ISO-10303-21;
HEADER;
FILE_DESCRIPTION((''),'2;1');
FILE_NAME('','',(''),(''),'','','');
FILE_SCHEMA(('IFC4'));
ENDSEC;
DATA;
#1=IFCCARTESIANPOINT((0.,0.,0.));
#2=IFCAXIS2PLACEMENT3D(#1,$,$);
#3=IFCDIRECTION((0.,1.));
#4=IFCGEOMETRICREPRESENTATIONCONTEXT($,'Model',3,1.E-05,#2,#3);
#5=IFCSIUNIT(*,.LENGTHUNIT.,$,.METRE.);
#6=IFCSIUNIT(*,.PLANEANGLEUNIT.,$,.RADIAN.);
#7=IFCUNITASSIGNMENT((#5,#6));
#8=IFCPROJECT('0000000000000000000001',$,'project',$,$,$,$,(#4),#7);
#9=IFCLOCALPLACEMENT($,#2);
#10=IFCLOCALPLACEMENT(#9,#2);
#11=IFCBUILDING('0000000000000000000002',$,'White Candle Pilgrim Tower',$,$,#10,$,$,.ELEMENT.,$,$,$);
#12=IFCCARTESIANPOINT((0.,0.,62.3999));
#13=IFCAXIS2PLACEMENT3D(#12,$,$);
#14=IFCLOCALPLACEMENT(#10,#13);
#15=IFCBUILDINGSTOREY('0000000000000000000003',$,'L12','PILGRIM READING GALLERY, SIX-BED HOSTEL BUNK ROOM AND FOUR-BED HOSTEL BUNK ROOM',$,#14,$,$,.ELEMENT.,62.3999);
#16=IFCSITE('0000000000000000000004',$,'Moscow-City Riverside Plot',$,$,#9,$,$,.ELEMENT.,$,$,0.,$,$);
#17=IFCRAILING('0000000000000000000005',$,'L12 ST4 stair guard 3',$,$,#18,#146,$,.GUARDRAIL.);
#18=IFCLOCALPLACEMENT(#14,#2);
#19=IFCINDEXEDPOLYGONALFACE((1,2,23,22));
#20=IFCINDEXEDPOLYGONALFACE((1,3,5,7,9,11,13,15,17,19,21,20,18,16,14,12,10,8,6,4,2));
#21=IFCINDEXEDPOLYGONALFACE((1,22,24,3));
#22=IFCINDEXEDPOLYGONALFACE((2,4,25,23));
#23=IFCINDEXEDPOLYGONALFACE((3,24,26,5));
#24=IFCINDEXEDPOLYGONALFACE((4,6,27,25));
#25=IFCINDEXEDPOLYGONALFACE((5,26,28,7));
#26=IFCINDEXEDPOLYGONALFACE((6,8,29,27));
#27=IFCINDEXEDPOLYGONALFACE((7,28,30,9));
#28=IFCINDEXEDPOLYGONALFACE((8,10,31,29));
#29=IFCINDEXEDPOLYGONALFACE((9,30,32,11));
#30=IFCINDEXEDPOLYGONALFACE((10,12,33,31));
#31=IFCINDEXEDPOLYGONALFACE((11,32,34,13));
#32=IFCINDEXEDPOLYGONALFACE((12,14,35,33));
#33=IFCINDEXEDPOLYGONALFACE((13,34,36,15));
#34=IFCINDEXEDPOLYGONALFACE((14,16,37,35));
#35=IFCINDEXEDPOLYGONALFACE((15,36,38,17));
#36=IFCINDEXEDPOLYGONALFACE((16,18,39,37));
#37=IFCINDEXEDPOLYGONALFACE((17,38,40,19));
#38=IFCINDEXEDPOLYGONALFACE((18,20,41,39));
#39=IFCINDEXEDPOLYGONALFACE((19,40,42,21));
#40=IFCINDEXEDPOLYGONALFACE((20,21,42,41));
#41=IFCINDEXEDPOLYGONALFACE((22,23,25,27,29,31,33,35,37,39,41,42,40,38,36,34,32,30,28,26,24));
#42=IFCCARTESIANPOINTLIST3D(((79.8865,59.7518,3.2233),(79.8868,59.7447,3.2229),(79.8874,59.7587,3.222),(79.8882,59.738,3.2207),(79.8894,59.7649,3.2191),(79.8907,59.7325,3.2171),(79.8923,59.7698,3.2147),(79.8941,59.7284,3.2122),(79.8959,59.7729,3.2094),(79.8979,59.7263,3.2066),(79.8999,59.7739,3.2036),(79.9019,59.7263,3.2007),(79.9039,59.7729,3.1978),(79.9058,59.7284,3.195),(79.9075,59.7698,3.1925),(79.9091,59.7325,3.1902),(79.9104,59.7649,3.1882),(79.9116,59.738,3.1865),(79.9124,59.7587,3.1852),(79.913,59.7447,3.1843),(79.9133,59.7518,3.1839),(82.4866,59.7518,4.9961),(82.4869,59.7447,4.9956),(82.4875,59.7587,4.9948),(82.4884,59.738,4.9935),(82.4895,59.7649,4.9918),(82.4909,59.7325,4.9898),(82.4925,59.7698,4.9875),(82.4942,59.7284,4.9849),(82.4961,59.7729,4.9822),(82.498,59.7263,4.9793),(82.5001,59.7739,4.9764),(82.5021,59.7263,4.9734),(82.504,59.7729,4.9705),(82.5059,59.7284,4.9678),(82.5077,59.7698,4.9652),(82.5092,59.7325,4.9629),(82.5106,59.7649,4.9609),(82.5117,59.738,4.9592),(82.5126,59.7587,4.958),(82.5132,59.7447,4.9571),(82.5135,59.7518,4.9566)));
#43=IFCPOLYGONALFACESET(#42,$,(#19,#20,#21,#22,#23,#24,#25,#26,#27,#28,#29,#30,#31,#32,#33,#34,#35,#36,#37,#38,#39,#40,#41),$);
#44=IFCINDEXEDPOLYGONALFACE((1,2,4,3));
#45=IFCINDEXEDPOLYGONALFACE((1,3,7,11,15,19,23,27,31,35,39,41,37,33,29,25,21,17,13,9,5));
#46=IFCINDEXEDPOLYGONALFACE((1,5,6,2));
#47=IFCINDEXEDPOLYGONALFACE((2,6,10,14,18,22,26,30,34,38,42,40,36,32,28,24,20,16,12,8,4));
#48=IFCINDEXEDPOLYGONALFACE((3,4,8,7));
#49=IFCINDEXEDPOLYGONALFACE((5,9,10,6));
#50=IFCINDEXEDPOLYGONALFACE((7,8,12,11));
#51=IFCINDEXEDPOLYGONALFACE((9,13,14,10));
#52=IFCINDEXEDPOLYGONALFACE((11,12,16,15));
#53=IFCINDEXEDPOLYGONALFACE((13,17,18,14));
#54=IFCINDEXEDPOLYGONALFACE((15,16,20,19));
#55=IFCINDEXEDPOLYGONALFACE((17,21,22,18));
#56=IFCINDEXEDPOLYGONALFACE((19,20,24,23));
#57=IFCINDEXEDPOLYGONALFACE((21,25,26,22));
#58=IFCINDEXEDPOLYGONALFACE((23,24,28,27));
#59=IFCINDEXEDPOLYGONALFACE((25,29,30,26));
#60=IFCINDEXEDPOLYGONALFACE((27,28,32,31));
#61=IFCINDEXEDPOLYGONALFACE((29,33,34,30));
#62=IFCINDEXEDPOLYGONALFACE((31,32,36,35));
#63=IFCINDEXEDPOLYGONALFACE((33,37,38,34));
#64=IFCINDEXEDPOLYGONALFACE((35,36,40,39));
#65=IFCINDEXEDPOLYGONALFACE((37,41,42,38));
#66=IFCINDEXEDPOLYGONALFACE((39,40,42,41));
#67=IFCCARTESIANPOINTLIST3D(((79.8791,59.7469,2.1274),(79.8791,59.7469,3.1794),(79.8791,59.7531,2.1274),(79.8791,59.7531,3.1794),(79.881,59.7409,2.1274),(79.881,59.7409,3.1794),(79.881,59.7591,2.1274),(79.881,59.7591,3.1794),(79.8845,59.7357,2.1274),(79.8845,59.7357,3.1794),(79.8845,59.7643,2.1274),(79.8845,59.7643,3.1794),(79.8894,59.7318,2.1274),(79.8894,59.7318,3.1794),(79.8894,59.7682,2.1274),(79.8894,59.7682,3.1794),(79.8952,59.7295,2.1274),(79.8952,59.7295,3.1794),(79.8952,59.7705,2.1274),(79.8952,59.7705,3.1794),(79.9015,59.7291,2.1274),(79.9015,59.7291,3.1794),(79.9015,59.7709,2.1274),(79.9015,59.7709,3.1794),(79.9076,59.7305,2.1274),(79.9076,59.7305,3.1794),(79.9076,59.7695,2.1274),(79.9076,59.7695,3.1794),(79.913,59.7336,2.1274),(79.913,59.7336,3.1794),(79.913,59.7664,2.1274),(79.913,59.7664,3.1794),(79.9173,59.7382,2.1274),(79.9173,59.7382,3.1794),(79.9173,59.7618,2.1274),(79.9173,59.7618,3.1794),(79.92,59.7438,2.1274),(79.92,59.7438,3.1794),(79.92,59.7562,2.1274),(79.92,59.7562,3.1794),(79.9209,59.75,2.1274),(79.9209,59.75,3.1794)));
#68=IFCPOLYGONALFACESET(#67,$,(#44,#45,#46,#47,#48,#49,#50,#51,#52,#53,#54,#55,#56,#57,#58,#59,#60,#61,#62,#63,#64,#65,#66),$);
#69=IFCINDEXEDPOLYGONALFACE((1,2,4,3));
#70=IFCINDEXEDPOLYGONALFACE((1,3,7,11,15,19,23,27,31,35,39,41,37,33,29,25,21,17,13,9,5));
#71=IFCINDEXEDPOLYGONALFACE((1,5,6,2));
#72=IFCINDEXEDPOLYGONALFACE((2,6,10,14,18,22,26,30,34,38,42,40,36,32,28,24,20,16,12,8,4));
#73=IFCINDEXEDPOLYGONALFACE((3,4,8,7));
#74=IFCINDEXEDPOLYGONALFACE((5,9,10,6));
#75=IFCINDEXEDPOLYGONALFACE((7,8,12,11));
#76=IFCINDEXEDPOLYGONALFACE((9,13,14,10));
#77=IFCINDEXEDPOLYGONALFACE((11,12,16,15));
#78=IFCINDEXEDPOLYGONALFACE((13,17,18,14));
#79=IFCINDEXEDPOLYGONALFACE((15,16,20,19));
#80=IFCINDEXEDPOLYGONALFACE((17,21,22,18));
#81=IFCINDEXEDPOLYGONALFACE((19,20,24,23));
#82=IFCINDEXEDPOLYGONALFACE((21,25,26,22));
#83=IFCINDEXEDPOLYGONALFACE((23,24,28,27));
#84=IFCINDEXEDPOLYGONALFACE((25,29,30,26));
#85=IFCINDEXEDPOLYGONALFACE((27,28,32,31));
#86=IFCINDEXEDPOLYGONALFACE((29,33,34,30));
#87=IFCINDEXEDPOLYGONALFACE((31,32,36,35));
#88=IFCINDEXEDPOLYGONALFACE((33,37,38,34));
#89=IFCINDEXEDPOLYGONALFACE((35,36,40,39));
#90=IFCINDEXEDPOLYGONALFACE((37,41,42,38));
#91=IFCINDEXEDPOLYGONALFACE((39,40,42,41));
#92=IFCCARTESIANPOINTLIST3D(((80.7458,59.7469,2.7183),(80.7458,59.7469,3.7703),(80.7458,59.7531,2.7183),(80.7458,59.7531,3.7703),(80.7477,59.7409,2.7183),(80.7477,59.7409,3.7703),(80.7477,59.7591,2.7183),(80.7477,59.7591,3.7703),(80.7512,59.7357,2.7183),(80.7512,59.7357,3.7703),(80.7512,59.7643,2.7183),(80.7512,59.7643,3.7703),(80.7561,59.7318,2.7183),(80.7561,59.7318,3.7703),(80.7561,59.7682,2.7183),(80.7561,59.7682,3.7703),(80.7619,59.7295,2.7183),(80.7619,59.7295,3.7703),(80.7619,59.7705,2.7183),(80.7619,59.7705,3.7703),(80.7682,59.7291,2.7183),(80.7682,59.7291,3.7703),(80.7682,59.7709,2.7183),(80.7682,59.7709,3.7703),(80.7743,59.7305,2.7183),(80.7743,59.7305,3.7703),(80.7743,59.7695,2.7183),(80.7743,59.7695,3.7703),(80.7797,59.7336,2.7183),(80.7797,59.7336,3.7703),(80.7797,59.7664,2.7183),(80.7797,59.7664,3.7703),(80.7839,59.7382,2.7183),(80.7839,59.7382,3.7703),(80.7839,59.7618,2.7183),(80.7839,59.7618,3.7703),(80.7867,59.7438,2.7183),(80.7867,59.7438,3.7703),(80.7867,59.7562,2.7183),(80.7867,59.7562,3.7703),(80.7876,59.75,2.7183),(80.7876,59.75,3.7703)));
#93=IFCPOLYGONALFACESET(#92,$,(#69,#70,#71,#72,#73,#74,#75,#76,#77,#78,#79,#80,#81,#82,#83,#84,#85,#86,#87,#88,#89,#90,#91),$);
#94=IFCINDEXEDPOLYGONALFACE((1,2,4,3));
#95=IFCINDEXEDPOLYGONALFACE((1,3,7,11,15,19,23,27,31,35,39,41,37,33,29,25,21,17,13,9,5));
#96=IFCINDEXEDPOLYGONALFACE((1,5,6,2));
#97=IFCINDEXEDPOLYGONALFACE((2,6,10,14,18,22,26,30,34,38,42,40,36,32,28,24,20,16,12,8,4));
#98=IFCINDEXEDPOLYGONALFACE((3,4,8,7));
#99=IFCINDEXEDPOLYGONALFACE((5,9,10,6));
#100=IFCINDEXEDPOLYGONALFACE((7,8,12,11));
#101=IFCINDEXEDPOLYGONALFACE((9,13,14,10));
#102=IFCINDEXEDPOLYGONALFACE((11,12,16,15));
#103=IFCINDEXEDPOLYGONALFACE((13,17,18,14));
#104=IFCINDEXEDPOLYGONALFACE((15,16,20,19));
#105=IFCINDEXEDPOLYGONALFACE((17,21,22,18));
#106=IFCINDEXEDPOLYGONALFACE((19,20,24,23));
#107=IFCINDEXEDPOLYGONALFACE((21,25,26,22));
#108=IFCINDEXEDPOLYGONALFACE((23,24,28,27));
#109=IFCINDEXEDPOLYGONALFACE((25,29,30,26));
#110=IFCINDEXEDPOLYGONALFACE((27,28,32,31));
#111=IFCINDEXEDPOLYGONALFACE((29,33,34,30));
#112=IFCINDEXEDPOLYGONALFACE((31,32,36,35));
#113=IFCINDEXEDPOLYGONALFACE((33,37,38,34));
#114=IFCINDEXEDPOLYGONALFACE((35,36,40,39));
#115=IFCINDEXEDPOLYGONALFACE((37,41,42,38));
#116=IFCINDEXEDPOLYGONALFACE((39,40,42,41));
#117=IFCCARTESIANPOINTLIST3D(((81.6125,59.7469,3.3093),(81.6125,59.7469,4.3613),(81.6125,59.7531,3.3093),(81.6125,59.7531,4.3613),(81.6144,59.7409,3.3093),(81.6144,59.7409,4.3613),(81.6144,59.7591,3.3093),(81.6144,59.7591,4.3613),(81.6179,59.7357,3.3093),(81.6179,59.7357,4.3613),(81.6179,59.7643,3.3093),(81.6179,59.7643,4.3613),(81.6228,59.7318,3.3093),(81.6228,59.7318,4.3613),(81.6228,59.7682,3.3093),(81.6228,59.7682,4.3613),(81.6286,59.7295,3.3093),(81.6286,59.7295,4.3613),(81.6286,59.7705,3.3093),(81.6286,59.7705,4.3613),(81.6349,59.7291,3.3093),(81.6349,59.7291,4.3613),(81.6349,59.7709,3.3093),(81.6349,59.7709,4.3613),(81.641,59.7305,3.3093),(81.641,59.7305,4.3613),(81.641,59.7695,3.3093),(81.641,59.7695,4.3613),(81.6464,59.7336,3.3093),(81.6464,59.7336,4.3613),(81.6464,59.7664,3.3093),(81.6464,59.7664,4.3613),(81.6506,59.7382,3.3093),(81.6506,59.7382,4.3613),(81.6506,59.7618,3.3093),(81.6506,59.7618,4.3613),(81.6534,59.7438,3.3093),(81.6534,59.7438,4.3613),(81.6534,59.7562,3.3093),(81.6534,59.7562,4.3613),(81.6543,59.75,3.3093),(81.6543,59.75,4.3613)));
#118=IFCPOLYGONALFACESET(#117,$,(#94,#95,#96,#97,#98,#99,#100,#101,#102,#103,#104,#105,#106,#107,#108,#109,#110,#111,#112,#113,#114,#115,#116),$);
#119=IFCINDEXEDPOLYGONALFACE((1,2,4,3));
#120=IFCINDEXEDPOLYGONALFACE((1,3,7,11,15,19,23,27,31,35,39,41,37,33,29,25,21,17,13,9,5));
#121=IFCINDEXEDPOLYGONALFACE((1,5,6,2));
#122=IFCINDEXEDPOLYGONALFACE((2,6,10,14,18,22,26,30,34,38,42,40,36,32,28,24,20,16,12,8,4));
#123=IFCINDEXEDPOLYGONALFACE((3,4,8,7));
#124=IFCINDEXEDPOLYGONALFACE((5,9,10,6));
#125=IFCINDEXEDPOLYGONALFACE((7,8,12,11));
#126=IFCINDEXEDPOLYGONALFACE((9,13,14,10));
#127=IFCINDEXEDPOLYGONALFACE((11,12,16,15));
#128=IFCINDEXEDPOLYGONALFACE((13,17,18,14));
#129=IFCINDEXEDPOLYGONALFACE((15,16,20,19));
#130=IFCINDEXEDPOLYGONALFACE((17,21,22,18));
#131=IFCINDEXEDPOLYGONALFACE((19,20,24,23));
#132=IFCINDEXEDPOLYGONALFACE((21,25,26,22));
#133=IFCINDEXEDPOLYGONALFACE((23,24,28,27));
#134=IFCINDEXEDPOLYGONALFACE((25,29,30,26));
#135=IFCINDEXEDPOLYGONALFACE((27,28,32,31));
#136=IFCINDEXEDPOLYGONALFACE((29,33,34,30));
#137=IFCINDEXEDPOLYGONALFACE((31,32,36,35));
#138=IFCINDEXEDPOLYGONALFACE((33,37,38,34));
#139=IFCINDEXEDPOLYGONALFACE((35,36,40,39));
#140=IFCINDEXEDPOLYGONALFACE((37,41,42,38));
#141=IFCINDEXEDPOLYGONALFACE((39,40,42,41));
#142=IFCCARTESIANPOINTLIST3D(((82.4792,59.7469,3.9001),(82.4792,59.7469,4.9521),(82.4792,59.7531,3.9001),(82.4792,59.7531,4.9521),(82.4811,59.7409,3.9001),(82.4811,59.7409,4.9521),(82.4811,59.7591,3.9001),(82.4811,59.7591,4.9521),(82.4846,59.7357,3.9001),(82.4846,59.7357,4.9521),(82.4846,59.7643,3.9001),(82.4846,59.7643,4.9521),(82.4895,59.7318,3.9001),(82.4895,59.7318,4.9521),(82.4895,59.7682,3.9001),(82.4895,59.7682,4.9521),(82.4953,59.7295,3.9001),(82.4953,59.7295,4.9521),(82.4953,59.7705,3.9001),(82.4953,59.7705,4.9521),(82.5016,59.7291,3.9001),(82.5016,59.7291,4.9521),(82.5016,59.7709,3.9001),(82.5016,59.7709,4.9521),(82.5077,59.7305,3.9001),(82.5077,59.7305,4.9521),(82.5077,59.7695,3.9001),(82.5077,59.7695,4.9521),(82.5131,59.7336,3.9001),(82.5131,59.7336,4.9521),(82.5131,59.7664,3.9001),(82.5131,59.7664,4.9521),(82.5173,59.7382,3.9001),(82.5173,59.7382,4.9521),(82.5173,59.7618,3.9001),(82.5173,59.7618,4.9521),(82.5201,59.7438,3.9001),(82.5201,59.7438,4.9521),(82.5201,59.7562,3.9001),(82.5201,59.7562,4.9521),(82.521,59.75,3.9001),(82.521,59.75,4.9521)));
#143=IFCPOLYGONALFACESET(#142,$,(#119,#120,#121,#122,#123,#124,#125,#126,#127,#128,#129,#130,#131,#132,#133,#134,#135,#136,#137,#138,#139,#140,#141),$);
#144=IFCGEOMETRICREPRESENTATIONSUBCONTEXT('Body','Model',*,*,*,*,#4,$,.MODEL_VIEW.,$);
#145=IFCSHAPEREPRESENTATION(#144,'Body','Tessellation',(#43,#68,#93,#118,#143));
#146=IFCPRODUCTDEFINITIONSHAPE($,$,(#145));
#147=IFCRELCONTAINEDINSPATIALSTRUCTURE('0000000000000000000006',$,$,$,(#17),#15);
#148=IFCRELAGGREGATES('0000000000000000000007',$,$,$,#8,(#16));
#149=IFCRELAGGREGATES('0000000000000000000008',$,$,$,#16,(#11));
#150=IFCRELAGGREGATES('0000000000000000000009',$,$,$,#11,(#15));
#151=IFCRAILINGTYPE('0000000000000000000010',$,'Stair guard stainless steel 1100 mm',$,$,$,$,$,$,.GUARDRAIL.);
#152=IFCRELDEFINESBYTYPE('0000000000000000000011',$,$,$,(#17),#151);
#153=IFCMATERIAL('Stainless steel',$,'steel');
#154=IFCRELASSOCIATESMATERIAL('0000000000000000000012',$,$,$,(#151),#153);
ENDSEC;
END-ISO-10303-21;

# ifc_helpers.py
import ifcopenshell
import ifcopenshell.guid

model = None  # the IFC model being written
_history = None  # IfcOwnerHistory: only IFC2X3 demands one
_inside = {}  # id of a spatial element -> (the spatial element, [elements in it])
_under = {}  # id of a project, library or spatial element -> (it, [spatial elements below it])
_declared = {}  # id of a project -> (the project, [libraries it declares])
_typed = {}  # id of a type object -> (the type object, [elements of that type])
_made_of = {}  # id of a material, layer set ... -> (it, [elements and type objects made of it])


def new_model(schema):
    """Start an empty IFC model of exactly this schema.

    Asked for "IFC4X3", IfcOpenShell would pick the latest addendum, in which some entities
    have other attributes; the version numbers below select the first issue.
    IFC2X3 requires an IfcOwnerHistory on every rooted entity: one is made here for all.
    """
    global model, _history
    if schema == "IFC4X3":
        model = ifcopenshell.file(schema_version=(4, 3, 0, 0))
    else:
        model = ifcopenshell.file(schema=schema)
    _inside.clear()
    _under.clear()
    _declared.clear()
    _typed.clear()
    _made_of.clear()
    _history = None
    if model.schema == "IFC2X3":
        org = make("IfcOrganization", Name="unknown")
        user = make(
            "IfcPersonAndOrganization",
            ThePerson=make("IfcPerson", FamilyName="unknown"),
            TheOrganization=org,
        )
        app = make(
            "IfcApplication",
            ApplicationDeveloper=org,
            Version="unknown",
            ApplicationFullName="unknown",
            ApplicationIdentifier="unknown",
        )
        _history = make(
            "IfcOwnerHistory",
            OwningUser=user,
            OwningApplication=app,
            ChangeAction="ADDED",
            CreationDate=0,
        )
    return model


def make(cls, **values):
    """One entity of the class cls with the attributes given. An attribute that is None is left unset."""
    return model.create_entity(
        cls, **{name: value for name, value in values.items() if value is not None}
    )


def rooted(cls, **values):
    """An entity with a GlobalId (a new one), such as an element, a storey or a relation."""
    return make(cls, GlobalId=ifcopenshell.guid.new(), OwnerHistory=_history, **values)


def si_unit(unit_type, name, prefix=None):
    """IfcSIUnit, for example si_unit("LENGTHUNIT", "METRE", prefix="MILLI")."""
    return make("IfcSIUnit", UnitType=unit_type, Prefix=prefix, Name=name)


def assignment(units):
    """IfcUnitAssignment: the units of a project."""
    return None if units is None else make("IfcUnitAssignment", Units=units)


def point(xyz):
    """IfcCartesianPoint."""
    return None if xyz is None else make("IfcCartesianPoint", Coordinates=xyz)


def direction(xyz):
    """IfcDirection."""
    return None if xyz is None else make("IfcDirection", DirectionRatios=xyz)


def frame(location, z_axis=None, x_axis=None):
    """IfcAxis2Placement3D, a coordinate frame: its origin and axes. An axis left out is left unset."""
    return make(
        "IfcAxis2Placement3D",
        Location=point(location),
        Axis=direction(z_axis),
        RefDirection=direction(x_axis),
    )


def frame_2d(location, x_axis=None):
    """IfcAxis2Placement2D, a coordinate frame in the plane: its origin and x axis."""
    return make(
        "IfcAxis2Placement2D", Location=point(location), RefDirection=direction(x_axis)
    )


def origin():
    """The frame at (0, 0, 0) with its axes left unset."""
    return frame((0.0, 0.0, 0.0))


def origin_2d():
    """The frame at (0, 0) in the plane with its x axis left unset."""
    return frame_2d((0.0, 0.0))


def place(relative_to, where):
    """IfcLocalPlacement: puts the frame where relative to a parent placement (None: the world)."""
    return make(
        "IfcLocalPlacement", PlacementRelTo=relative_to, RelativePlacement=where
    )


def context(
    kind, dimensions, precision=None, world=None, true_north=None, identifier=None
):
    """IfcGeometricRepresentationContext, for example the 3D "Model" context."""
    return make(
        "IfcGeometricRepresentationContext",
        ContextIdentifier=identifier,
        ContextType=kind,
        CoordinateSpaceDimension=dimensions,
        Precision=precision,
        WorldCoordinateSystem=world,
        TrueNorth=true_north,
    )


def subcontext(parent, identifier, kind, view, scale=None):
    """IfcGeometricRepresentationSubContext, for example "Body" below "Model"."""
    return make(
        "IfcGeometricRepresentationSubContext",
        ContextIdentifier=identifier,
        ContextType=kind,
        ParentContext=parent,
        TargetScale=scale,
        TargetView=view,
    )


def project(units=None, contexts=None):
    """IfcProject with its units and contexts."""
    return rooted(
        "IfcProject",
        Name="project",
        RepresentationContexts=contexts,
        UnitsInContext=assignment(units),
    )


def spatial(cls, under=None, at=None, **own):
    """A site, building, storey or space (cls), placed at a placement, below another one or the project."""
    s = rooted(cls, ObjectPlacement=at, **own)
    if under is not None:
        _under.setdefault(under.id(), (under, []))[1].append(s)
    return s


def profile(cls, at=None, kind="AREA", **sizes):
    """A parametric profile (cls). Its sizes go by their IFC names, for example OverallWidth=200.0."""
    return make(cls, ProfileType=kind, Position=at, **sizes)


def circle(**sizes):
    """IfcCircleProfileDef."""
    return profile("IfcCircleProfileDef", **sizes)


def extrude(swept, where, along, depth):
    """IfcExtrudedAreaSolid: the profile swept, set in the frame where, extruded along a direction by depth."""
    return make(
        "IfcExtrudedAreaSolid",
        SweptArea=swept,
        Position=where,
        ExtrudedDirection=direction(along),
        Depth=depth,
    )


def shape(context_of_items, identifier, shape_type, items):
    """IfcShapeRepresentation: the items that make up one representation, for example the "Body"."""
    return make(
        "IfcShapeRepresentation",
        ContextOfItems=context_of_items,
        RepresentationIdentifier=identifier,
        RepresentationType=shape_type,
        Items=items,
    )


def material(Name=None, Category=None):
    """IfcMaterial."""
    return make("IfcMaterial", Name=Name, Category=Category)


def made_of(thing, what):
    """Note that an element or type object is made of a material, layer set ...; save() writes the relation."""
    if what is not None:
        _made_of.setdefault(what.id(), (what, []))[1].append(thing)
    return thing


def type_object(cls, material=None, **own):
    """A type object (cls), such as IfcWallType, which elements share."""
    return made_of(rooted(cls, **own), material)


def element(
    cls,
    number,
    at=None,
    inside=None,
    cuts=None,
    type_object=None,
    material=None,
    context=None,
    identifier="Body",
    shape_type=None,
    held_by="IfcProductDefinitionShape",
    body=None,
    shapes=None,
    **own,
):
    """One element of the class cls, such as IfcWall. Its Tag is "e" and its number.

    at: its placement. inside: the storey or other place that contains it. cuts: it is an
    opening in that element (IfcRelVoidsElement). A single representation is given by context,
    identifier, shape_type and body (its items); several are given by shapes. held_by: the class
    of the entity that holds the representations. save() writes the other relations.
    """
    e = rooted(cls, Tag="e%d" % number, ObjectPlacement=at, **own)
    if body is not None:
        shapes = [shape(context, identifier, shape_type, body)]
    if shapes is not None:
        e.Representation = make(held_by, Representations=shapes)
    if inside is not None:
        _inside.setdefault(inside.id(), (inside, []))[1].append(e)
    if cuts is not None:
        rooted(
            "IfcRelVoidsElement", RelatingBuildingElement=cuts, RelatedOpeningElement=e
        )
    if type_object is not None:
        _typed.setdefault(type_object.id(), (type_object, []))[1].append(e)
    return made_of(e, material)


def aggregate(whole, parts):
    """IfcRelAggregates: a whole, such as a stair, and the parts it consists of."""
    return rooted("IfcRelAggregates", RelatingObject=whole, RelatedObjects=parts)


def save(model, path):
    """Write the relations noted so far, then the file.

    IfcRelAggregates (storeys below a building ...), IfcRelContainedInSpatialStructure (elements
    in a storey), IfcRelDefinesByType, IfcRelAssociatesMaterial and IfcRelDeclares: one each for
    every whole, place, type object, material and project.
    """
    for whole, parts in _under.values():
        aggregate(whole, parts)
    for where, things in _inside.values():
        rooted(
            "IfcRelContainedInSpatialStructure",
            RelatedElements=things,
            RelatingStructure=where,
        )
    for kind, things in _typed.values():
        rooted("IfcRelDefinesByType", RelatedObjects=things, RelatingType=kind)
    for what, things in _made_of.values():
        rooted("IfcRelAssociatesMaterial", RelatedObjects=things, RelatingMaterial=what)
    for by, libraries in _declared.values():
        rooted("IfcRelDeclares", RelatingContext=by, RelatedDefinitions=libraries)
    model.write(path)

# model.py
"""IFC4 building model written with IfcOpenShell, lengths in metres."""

from ifc_helpers import new_model, si_unit, direction, frame, origin, origin_2d, place, context, subcontext, project, spatial, circle, extrude, material, type_object, element, save


model = new_model("IFC4")

# Units and contexts
model_context = context("Model", 3, precision=1e-05, world=origin(), true_north=direction((0.0, 1.0)))
body_context = subcontext(model_context, "Body", "Model", "MODEL_VIEW")
ifc_project = project(units=[si_unit("LENGTHUNIT", "METRE"), si_unit("PLANEANGLEUNIT", "RADIAN")], contexts=[model_context])

# Site, building, storey
site_placement = place(None, origin())
site = spatial("IfcSite", under=ifc_project, at=site_placement, Name="Moscow-City Riverside Plot", CompositionType="ELEMENT", RefElevation=0.0)
building_placement = place(site_placement, origin())
building = spatial("IfcBuilding", under=site, at=building_placement, Name="White Candle Pilgrim Tower", CompositionType="ELEMENT")
storey_placement = place(building_placement, frame((0.0, 0.0, 62.3999)))
storey = spatial("IfcBuildingStorey", under=building, at=storey_placement, Name="L12", Description="PILGRIM READING GALLERY, SIX-BED HOSTEL BUNK ROOM AND FOUR-BED HOSTEL BUNK ROOM", CompositionType="ELEMENT", Elevation=62.3999)

# Railing
ifc_material_1 = material(Name="Stainless steel", Category="steel")
railing_type_1 = type_object("IfcRailingType", Name="Stair guard stainless steel 1100 mm", PredefinedType="GUARDRAIL", material=ifc_material_1)
railing_1_placement = place(storey_placement, frame((79.8999, 59.75, 2.1274)))
element("IfcRailing", 1, at=railing_1_placement, inside=storey, type_object=railing_type_1, Name="L12 ST4 stair guard 3", PredefinedType="GUARDRAIL", context=body_context, shape_type="SweptSolid", body=[
    extrude(circle(Radius=0.0239, at=origin_2d()), frame((0.0, 0.0, 1.0762), z_axis=(0.82624, 0.0, 0.563318), x_axis=(0.0, 1.0, 0.0)), (0.0, 0.0, 1.0), 3.147),
    extrude(circle(Radius=0.021, at=origin_2d()), origin(), (0.0, 0.0, 1.0), 1.052),
    extrude(circle(Radius=0.021, at=origin_2d()), frame((0.8667, 0.0, 0.5908)), (0.0, 0.0, 1.0), 1.052),
    extrude(circle(Radius=0.021, at=origin_2d()), frame((1.7334, 0.0, 1.1819)), (0.0, 0.0, 1.0), 1.052),
    extrude(circle(Radius=0.021, at=origin_2d()), frame((2.6001, 0.0, 1.7727)), (0.0, 0.0, 1.0), 1.052),
])

save(model, "model.ifc")
